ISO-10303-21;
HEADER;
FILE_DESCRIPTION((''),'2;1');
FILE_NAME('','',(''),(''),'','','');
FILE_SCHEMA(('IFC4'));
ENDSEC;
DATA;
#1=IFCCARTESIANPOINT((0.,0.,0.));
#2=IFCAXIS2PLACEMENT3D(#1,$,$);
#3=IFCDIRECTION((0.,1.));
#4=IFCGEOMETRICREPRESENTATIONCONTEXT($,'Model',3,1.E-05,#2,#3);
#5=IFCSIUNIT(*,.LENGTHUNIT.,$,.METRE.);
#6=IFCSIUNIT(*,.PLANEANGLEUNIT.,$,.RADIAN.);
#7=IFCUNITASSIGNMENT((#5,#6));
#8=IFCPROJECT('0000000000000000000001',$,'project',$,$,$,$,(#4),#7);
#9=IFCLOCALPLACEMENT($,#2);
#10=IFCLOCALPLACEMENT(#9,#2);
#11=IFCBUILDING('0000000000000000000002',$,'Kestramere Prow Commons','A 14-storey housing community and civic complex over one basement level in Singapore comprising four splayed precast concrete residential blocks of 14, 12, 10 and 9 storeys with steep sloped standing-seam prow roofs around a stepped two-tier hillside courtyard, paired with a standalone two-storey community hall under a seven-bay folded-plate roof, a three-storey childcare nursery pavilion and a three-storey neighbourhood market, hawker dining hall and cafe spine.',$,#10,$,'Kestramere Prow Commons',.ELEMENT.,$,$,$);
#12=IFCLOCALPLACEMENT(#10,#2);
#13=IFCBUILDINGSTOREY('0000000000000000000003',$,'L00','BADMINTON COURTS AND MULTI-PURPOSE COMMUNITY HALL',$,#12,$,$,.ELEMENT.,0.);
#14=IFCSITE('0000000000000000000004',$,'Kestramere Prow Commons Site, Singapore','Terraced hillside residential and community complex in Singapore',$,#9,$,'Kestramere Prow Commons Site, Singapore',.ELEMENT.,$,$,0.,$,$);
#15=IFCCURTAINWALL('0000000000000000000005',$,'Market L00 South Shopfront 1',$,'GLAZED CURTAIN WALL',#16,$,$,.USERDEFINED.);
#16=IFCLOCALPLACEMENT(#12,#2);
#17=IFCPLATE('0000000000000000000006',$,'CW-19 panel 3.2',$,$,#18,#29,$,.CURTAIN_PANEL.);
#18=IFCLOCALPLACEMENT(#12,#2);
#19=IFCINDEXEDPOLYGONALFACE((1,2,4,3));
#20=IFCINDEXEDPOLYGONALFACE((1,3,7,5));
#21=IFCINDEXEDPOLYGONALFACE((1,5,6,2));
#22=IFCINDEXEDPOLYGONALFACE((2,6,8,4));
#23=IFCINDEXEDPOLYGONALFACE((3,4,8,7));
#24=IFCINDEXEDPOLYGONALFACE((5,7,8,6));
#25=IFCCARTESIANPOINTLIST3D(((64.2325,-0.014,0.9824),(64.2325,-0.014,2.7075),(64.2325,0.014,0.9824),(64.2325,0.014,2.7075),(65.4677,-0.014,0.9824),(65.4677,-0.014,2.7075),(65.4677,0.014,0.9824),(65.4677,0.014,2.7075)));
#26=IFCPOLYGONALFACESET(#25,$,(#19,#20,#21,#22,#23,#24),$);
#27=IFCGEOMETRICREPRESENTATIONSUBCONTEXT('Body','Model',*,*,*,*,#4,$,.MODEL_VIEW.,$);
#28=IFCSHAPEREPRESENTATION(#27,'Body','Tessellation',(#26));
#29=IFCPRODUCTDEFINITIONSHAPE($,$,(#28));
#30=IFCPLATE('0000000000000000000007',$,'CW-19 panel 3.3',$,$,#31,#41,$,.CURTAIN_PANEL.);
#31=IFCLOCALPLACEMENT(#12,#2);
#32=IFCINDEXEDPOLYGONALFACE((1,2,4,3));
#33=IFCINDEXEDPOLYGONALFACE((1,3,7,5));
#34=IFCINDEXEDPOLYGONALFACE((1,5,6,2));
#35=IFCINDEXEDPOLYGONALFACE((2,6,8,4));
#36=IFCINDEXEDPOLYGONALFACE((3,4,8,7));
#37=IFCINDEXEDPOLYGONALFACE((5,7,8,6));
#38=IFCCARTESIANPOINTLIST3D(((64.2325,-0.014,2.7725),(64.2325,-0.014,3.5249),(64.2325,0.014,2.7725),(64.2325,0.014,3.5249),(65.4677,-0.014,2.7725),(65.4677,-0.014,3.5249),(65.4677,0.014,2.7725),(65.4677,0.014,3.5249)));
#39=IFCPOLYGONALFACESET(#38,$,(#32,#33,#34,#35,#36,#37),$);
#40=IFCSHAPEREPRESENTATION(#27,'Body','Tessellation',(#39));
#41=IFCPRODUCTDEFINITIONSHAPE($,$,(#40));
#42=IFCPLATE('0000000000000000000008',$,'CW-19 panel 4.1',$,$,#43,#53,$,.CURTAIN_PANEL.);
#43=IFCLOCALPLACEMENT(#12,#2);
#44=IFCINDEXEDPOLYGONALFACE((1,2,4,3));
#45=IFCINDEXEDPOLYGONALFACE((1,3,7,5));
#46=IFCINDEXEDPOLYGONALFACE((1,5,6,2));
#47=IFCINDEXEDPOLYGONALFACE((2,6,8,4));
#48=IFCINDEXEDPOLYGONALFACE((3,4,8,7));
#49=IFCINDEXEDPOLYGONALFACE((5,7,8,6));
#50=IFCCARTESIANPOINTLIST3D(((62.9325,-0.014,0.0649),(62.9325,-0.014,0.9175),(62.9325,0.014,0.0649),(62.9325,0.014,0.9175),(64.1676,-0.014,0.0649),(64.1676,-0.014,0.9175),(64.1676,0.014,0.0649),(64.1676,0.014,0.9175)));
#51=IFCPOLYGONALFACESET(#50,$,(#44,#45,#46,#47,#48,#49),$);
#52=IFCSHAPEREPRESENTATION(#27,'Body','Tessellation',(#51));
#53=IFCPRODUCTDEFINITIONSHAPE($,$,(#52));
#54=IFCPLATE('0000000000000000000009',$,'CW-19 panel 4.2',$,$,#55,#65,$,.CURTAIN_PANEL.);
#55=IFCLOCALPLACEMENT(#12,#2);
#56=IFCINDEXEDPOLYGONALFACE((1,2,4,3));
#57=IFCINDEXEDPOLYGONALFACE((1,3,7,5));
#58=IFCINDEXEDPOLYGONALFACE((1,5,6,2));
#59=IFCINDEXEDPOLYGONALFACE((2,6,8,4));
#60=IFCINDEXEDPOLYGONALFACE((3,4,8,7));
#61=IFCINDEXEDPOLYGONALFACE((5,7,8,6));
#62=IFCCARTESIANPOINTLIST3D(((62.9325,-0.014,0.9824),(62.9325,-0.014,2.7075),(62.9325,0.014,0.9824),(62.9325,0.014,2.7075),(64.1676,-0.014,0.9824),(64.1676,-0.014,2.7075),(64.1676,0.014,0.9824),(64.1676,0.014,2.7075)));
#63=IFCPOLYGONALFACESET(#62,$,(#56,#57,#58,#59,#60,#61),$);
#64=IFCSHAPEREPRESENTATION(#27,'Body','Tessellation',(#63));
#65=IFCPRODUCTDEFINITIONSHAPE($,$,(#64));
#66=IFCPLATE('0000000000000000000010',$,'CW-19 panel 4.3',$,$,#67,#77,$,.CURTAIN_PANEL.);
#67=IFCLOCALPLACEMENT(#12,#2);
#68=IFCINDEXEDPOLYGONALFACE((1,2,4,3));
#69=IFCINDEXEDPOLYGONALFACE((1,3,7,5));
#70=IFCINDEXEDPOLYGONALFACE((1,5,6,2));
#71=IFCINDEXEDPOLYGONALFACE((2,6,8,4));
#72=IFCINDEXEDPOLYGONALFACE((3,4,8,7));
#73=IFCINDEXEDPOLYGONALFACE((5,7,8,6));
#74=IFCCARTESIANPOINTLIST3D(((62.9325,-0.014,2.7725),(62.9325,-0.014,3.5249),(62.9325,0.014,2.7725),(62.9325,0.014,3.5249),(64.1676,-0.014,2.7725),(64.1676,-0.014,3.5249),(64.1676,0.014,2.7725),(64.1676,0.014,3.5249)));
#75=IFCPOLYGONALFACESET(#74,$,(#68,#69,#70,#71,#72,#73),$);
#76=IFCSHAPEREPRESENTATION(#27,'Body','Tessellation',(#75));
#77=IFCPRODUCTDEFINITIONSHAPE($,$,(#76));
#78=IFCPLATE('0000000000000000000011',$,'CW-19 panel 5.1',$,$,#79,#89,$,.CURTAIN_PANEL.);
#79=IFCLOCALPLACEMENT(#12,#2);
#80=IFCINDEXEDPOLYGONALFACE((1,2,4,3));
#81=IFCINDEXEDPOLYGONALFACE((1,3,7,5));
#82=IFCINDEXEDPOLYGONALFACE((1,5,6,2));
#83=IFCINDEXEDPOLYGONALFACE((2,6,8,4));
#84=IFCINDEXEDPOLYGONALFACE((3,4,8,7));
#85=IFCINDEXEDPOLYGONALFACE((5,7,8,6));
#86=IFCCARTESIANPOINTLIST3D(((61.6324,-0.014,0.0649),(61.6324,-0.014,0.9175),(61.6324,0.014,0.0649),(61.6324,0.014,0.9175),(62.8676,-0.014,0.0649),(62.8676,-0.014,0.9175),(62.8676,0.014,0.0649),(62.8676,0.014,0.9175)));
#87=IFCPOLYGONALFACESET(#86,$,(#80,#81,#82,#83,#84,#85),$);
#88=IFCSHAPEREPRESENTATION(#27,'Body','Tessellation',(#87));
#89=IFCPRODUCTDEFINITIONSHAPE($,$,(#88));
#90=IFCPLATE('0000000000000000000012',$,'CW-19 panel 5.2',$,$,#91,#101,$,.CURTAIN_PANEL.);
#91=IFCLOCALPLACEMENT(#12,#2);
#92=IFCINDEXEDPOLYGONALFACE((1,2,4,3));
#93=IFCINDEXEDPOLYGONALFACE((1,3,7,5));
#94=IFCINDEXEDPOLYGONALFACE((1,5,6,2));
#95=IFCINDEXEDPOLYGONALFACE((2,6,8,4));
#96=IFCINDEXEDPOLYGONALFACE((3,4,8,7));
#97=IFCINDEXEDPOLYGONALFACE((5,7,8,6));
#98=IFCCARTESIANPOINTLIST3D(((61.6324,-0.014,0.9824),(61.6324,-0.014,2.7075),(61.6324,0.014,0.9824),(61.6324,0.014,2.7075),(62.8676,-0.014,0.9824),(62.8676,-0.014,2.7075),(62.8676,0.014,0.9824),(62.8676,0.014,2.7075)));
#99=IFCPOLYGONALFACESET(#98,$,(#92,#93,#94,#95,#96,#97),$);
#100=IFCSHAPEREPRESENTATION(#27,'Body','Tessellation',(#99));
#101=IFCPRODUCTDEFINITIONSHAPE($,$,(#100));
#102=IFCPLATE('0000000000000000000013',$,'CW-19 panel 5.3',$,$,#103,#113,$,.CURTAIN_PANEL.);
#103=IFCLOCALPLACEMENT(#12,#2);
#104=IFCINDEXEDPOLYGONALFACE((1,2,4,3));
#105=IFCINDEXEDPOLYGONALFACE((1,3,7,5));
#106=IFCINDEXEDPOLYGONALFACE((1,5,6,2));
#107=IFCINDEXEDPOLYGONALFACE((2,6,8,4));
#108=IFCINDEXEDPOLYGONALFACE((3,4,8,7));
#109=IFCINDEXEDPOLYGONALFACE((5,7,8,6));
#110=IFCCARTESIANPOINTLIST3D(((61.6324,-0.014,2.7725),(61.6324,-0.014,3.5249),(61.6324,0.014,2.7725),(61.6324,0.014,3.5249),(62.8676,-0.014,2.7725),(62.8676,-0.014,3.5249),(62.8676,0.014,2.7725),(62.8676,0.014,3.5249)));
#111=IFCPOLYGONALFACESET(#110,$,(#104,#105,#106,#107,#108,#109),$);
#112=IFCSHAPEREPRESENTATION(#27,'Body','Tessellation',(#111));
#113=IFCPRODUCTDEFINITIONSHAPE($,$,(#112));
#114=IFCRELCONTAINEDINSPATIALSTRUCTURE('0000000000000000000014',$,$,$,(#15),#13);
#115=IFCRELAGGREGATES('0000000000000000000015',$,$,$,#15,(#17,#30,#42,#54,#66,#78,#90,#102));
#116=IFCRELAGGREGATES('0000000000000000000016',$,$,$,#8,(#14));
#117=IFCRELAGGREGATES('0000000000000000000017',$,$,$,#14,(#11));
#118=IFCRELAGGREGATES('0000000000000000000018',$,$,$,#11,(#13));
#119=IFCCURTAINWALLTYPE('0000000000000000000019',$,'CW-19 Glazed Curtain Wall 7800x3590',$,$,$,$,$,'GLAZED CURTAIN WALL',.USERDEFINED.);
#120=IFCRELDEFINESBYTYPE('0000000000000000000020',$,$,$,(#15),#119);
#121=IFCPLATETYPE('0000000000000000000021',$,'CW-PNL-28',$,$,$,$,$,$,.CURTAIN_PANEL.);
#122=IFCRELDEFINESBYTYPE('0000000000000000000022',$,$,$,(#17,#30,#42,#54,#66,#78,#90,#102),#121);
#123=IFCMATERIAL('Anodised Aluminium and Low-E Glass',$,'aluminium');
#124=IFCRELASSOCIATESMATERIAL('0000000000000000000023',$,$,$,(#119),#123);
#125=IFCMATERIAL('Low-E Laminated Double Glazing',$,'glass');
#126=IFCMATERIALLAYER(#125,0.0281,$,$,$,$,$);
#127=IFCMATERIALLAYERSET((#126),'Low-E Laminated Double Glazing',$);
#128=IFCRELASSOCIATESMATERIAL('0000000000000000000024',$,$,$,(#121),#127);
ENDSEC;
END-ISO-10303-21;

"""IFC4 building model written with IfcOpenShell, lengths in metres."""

from ifc_helpers import new_model, si_unit, direction, frame, origin, origin_2d, place, context, subcontext, project, spatial, rectangle, extrude, material, layer, layer_set, type_object, element, aggregate, save


model = new_model("IFC4")

# Units and contexts
model_context = context("Model", 3, precision=1e-05, world=origin(), true_north=direction((0.0, 1.0)))
body_context = subcontext(model_context, "Body", "Model", "MODEL_VIEW")
ifc_project = project(units=[si_unit("LENGTHUNIT", "METRE"), si_unit("PLANEANGLEUNIT", "RADIAN")], contexts=[model_context])

# Site, building, storey
site_placement = place(None, origin())
site = spatial("IfcSite", under=ifc_project, at=site_placement, Name="Kestramere Prow Commons Site, Singapore", Description="Terraced hillside residential and community complex in Singapore", LongName="Kestramere Prow Commons Site, Singapore", CompositionType="ELEMENT", RefElevation=0.0)
building_placement = place(site_placement, origin())
building = spatial("IfcBuilding", under=site, at=building_placement, Name="Kestramere Prow Commons", Description="A 14-storey housing community and civic complex over one basement level in Singapore comprising four splayed precast concrete residential blocks of 14, 12, 10 and 9 storeys with steep sloped standing-seam prow roofs around a stepped two-tier hillside courtyard, paired with a standalone two-storey community hall under a seven-bay folded-plate roof, a three-storey childcare nursery pavilion and a three-storey neighbourhood market, hawker dining hall and cafe spine.", LongName="Kestramere Prow Commons", CompositionType="ELEMENT")
storey_placement = place(building_placement, origin())
storey = spatial("IfcBuildingStorey", under=building, at=storey_placement, Name="L00", Description="BADMINTON COURTS AND MULTI-PURPOSE COMMUNITY HALL", CompositionType="ELEMENT", Elevation=0.0)

# Curtain wall, plates
ifc_material_1 = material(Name="Anodised Aluminium and Low-E Glass", Category="aluminium")
curtain_wall_type = type_object("IfcCurtainWallType", Name="CW-19 Glazed Curtain Wall 7800x3590", ElementType="GLAZED CURTAIN WALL", PredefinedType="USERDEFINED", material=ifc_material_1)
curtain_wall_placement = place(storey_placement, origin())
curtain_wall = element("IfcCurtainWall", 1, at=curtain_wall_placement, inside=storey, type_object=curtain_wall_type, Name="Market L00 South Shopfront 1", ObjectType="GLAZED CURTAIN WALL", PredefinedType="USERDEFINED")
ifc_material_2 = material(Name="Low-E Laminated Double Glazing", Category="glass")
ifc_layer = layer(ifc_material_2, 0.0281)
ifc_layer_set = layer_set([ifc_layer], Name="Low-E Laminated Double Glazing")
plate_type = type_object("IfcPlateType", Name="CW-PNL-28", PredefinedType="CURTAIN_PANEL", material=ifc_layer_set)
plate_1_placement = place(storey_placement, frame((64.8501, 0.0, 0.9824), z_axis=(0.0, 0.0, 1.0), x_axis=(-1.0, 0.0, 0.0)))
plate_1 = element("IfcPlate", 2, at=plate_1_placement, type_object=plate_type, Name="CW-19 panel 3.2", PredefinedType="CURTAIN_PANEL", context=body_context, shape_type="SweptSolid", body=[
    extrude(rectangle(XDim=1.2351, YDim=0.0281, at=origin_2d()), origin(), (0.0, 0.0, 1.0), 1.7251),
])
plate_2_placement = place(storey_placement, frame((64.8501, 0.0, 2.7725), z_axis=(0.0, 0.0, 1.0), x_axis=(-1.0, 0.0, 0.0)))
plate_2 = element("IfcPlate", 3, at=plate_2_placement, type_object=plate_type, Name="CW-19 panel 3.3", PredefinedType="CURTAIN_PANEL", context=body_context, shape_type="SweptSolid", body=[
    extrude(rectangle(XDim=1.2351, YDim=0.0281, at=origin_2d()), origin(), (0.0, 0.0, 1.0), 0.7524),
])
plate_3_placement = place(storey_placement, frame((63.55, 0.0, 0.0649), z_axis=(0.0, 0.0, 1.0), x_axis=(-1.0, 0.0, 0.0)))
plate_3 = element("IfcPlate", 4, at=plate_3_placement, type_object=plate_type, Name="CW-19 panel 4.1", PredefinedType="CURTAIN_PANEL", context=body_context, shape_type="SweptSolid", body=[
    extrude(rectangle(XDim=1.2351, YDim=0.0281, at=origin_2d()), origin(), (0.0, 0.0, 1.0), 0.8525),
])
plate_4_placement = place(storey_placement, frame((63.55, 0.0, 0.9824), z_axis=(0.0, 0.0, 1.0), x_axis=(-1.0, 0.0, 0.0)))
plate_4 = element("IfcPlate", 5, at=plate_4_placement, type_object=plate_type, Name="CW-19 panel 4.2", PredefinedType="CURTAIN_PANEL", context=body_context, shape_type="SweptSolid", body=[
    extrude(rectangle(XDim=1.2351, YDim=0.0281, at=origin_2d()), origin(), (0.0, 0.0, 1.0), 1.7251),
])
plate_5_placement = place(storey_placement, frame((63.55, 0.0, 2.7725), z_axis=(0.0, 0.0, 1.0), x_axis=(-1.0, 0.0, 0.0)))
plate_5 = element("IfcPlate", 6, at=plate_5_placement, type_object=plate_type, Name="CW-19 panel 4.3", PredefinedType="CURTAIN_PANEL", context=body_context, shape_type="SweptSolid", body=[
    extrude(rectangle(XDim=1.2351, YDim=0.0281, at=origin_2d()), origin(), (0.0, 0.0, 1.0), 0.7524),
])
plate_6_placement = place(storey_placement, frame((62.25, 0.0, 0.0649), z_axis=(0.0, 0.0, 1.0), x_axis=(-1.0, 0.0, 0.0)))
plate_6 = element("IfcPlate", 7, at=plate_6_placement, type_object=plate_type, Name="CW-19 panel 5.1", PredefinedType="CURTAIN_PANEL", context=body_context, shape_type="SweptSolid", body=[
    extrude(rectangle(XDim=1.2351, YDim=0.0281, at=origin_2d()), origin(), (0.0, 0.0, 1.0), 0.8525),
])
plate_7_placement = place(storey_placement, frame((62.25, 0.0, 0.9824), z_axis=(0.0, 0.0, 1.0), x_axis=(-1.0, 0.0, 0.0)))
plate_7 = element("IfcPlate", 8, at=plate_7_placement, type_object=plate_type, Name="CW-19 panel 5.2", PredefinedType="CURTAIN_PANEL", context=body_context, shape_type="SweptSolid", body=[
    extrude(rectangle(XDim=1.2351, YDim=0.0281, at=origin_2d()), origin(), (0.0, 0.0, 1.0), 1.7251),
])
plate_8_placement = place(storey_placement, frame((62.25, 0.0, 2.7725), z_axis=(0.0, 0.0, 1.0), x_axis=(-1.0, 0.0, 0.0)))
plate_8 = element("IfcPlate", 9, at=plate_8_placement, type_object=plate_type, Name="CW-19 panel 5.3", PredefinedType="CURTAIN_PANEL", context=body_context, shape_type="SweptSolid", body=[
    extrude(rectangle(XDim=1.2351, YDim=0.0281, at=origin_2d()), origin(), (0.0, 0.0, 1.0), 0.7524),
])
aggregate(curtain_wall, [plate_1, plate_2, plate_3, plate_4, plate_5, plate_6, plate_7, plate_8])

save(model, "model.ifc")
